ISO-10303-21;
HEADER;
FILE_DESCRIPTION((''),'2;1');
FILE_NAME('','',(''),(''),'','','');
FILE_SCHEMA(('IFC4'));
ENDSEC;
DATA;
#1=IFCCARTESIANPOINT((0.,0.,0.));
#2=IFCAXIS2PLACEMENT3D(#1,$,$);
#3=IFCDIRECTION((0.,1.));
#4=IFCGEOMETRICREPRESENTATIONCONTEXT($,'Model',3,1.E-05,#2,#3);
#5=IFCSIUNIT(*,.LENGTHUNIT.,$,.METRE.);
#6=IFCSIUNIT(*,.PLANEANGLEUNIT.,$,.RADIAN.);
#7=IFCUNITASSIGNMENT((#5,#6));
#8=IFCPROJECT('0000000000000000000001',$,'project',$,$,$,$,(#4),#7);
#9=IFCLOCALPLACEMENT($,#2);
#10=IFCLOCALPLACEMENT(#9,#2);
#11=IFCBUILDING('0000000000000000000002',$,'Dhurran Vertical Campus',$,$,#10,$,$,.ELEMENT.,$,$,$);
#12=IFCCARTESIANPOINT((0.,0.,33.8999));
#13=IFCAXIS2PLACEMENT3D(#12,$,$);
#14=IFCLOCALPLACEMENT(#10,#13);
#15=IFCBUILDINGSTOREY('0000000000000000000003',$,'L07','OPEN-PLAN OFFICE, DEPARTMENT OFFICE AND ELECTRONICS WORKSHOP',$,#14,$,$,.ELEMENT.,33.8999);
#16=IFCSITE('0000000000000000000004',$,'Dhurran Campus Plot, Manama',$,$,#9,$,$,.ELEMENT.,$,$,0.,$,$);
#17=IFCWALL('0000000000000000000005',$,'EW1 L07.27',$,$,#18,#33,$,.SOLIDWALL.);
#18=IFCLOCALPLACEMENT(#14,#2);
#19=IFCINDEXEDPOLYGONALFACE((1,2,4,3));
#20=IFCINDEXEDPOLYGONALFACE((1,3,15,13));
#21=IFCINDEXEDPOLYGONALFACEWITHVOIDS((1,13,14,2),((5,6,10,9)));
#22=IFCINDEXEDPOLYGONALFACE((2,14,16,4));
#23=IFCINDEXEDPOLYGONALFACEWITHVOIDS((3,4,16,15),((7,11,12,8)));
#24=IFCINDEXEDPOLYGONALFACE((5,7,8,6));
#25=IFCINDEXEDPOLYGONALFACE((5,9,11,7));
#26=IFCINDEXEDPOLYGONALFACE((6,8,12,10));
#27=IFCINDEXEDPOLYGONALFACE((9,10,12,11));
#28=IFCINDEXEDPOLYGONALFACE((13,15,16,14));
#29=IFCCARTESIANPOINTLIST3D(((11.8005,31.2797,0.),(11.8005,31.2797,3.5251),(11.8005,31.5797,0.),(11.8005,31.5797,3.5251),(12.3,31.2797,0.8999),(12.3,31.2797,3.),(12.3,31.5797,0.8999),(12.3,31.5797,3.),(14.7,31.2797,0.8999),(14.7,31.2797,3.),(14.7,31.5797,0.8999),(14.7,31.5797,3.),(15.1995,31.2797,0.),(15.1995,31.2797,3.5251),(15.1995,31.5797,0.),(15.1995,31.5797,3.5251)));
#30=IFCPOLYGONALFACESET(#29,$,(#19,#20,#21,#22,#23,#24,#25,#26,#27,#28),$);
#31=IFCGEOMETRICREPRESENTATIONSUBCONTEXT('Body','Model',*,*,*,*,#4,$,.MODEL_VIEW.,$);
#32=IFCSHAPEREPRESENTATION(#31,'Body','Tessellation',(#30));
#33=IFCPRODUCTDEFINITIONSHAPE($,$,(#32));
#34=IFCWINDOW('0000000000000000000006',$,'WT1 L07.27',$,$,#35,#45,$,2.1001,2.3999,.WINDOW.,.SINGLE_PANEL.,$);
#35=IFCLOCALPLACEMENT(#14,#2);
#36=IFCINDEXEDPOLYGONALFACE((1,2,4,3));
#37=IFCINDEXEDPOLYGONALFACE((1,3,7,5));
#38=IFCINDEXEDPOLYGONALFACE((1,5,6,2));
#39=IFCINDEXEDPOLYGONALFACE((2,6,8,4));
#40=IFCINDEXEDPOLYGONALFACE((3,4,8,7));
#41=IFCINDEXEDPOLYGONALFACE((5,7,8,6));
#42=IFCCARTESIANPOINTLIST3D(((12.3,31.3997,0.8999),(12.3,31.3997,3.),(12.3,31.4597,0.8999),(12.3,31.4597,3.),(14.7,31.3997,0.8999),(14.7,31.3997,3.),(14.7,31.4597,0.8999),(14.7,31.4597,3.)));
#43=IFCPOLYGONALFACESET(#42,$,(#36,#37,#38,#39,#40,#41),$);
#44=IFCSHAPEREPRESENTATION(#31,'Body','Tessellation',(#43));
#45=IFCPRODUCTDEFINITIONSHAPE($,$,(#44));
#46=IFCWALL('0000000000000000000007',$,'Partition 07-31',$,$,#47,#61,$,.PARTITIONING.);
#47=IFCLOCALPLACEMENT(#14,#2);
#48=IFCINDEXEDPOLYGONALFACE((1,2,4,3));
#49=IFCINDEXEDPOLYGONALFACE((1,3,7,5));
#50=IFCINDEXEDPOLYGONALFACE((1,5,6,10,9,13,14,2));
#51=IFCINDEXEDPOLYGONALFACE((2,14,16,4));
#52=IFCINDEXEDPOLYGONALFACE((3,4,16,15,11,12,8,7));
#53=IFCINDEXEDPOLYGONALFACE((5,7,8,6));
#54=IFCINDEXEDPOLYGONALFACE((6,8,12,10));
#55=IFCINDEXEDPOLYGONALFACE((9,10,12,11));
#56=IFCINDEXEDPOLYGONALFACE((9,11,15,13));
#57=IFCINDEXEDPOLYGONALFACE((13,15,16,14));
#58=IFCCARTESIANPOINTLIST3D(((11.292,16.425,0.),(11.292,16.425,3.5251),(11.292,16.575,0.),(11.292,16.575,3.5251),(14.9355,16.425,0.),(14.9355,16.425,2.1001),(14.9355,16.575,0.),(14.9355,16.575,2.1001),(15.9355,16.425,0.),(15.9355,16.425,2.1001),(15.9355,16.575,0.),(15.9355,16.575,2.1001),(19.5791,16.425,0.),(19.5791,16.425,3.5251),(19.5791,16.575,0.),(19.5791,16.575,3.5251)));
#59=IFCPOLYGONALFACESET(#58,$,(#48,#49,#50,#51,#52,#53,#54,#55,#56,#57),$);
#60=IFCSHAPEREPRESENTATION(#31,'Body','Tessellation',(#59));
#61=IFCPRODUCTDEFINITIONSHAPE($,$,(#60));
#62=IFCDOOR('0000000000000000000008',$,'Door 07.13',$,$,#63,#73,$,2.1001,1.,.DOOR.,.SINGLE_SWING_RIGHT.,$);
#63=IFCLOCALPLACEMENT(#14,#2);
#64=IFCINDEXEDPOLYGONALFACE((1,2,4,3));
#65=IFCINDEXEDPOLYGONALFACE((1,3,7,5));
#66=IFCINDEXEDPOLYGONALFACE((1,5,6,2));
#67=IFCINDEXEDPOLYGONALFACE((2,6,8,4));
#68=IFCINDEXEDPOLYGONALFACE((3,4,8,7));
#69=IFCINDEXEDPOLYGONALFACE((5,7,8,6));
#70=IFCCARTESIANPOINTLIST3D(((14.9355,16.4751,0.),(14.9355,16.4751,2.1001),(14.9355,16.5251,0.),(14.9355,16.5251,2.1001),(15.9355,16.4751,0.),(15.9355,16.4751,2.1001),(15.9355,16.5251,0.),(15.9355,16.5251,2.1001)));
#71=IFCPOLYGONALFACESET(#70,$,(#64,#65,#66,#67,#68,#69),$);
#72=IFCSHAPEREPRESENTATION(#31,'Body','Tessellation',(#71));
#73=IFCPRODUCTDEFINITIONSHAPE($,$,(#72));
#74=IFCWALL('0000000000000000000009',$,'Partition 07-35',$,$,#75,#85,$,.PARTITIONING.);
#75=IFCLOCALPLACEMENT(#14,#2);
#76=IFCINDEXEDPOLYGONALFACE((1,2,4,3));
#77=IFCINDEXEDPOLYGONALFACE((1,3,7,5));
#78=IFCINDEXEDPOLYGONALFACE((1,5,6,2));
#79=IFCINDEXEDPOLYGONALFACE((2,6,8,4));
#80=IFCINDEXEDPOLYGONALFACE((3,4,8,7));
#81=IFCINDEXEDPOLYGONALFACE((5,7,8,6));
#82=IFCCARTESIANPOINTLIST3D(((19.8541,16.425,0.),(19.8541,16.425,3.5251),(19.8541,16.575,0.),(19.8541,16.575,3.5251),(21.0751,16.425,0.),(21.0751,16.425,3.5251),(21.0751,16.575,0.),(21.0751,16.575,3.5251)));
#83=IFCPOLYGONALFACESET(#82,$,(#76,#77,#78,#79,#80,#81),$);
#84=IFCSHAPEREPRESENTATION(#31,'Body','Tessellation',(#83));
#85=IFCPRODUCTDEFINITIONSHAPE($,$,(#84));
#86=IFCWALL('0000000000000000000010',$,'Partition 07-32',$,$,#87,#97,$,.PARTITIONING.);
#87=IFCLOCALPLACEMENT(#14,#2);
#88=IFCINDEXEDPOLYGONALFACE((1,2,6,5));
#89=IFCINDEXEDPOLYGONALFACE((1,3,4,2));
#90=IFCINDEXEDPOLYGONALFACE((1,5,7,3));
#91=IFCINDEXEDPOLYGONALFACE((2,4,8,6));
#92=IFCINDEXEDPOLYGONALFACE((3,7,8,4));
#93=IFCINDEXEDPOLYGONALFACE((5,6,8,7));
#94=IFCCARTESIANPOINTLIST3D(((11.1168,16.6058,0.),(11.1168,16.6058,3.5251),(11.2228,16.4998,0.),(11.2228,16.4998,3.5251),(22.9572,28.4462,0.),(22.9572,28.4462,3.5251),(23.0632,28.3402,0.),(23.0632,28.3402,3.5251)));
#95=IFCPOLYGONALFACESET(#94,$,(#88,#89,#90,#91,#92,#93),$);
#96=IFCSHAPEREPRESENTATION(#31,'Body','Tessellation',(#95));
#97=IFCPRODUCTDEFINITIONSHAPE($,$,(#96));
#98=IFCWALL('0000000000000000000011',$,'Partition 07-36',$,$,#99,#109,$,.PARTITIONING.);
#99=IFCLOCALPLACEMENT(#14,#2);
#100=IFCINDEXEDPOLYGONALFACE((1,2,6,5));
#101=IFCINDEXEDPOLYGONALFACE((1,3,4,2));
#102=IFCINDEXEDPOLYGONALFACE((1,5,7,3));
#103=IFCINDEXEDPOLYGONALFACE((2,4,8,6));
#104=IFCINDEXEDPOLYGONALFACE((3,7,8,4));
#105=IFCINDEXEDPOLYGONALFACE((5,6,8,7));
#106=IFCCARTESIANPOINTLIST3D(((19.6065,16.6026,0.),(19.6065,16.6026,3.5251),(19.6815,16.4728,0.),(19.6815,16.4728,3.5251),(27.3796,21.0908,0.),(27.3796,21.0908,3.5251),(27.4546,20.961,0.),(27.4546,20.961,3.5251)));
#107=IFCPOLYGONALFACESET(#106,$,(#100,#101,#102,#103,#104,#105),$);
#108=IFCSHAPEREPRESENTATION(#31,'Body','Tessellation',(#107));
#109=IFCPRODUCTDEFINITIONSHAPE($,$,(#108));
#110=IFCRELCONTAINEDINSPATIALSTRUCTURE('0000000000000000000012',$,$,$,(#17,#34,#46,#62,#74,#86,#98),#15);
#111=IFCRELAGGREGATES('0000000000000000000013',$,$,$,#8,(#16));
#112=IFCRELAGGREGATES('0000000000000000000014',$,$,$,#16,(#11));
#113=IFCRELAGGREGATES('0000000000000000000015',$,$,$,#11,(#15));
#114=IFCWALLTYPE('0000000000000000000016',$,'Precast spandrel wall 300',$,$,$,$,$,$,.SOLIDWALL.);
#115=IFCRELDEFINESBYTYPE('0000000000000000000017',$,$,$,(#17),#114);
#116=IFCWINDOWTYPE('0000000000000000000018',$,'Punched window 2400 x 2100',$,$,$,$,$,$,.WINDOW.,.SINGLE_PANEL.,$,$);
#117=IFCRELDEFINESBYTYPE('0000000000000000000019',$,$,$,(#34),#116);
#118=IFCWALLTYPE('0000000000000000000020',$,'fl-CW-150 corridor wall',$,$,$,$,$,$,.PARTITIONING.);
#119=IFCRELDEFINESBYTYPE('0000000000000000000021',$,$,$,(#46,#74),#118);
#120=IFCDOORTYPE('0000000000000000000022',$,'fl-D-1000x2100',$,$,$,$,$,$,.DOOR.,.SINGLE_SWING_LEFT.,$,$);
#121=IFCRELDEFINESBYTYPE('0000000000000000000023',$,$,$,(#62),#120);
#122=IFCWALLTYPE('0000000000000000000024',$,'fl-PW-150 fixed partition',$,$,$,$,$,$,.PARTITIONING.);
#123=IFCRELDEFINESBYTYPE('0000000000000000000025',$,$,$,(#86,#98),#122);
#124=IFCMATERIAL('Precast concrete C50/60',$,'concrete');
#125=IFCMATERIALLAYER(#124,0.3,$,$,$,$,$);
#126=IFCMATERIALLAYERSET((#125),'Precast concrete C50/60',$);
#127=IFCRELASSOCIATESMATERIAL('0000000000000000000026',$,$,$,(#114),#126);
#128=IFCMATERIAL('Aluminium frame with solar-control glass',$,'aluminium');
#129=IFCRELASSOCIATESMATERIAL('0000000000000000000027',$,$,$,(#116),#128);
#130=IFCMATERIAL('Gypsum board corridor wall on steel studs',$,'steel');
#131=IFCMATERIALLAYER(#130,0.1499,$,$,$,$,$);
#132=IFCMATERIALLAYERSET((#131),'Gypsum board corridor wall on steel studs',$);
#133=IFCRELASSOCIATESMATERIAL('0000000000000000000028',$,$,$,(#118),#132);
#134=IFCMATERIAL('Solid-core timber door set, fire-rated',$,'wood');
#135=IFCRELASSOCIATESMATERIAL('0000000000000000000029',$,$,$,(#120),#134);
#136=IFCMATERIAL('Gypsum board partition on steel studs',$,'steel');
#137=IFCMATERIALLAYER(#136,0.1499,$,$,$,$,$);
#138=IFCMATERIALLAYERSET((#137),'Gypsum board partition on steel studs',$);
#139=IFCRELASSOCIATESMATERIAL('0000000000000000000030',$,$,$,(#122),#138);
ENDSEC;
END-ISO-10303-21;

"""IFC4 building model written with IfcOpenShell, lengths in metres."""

from ifc_helpers import new_model, si_unit, direction, frame, frame_2d, origin, place, context, subcontext, project, spatial, rectangle, extrude, material, layer, layer_set, type_object, element, fill, save


model = new_model("IFC4")

# Units and contexts
model_context = context("Model", 3, precision=1e-05, world=origin(), true_north=direction((0.0, 1.0)))
body_context = subcontext(model_context, "Body", "Model", "MODEL_VIEW")
ifc_project = project(units=[si_unit("LENGTHUNIT", "METRE"), si_unit("PLANEANGLEUNIT", "RADIAN")], contexts=[model_context])

# Site, building, storey
site_placement = place(None, origin())
site = spatial("IfcSite", under=ifc_project, at=site_placement, Name="Dhurran Campus Plot, Manama", CompositionType="ELEMENT", RefElevation=0.0)
building_placement = place(site_placement, origin())
building = spatial("IfcBuilding", under=site, at=building_placement, Name="Dhurran Vertical Campus", CompositionType="ELEMENT")
storey_placement = place(building_placement, frame((0.0, 0.0, 33.8999)))
storey = spatial("IfcBuildingStorey", under=building, at=storey_placement, Name="L07", Description="OPEN-PLAN OFFICE, DEPARTMENT OFFICE AND ELECTRONICS WORKSHOP", CompositionType="ELEMENT", Elevation=33.8999)

# Wall, opening, window
ifc_material_1 = material(Name="Precast concrete C50/60", Category="concrete")
ifc_layer_1 = layer(ifc_material_1, 0.3)
ifc_layer_set_1 = layer_set([ifc_layer_1], Name="Precast concrete C50/60")
wall_type_1 = type_object("IfcWallType", Name="Precast spandrel wall 300", PredefinedType="SOLIDWALL", material=ifc_layer_set_1)
ifc_material_2 = material(Name="Aluminium frame with solar-control glass", Category="aluminium")
window_type = type_object("IfcWindowType", Name="Punched window 2400 x 2100", PartitioningType="SINGLE_PANEL", PredefinedType="WINDOW", material=ifc_material_2)
wall_1_placement = place(storey_placement, frame((15.1995, 31.4297, 0.0), z_axis=(0.0, 0.0, 1.0), x_axis=(-1.0, 0.0, 0.0)))
wall_1 = element("IfcWall", 1, at=wall_1_placement, inside=storey, type_object=wall_type_1, Name="EW1 L07.27", PredefinedType="SOLIDWALL", context=body_context, shape_type="SweptSolid", body=[
    extrude(rectangle(XDim=3.3989, YDim=0.3, at=frame_2d((1.6995, 0.0))), origin(), (0.0, 0.0, 1.0), 3.5251),
])
opening_1_placement = place(wall_1_placement, frame((0.4995, 0.0, 0.8999)))
opening_1 = element("IfcOpeningElement", 2, at=opening_1_placement, cuts=wall_1, PredefinedType="OPENING", context=body_context, shape_type="SweptSolid", body=[
    extrude(rectangle(XDim=2.3999, YDim=2.1001, at=frame_2d((1.2, 1.05))), frame((0.0, 0.1599, 0.0), z_axis=(0.0, -1.0, 0.0), x_axis=(1.0, 0.0, 0.0)), (0.0, 0.0, 1.0), 0.3201),
])
window_1_placement = place(opening_1_placement, origin())
window_1 = element("IfcWindow", 3, at=window_1_placement, inside=storey, type_object=window_type, Name="WT1 L07.27", OverallHeight=2.1001, OverallWidth=2.3999, PartitioningType="SINGLE_PANEL", PredefinedType="WINDOW", context=body_context, shape_type="SweptSolid", body=[
    extrude(rectangle(XDim=2.3999, YDim=2.1001, at=frame_2d((1.2, 1.05))), frame((0.0, 0.03, 0.0), z_axis=(0.0, -1.0, 0.0), x_axis=(1.0, 0.0, 0.0)), (0.0, 0.0, 1.0), 0.0601),
])
fill(opening_1, window_1)

# Wall, opening, door
ifc_material_3 = material(Name="Gypsum board corridor wall on steel studs", Category="steel")
ifc_layer_2 = layer(ifc_material_3, 0.1499)
ifc_layer_set_2 = layer_set([ifc_layer_2], Name="Gypsum board corridor wall on steel studs")
wall_type_2 = type_object("IfcWallType", Name="fl-CW-150 corridor wall", PredefinedType="PARTITIONING", material=ifc_layer_set_2)
wall_2_placement = place(storey_placement, frame((19.5791, 16.5, 0.0), z_axis=(0.0, 0.0, 1.0), x_axis=(-1.0, 0.0, 0.0)))
wall_2 = element("IfcWall", 4, at=wall_2_placement, inside=storey, type_object=wall_type_2, Name="Partition 07-31", PredefinedType="PARTITIONING", context=body_context, shape_type="SweptSolid", body=[
    extrude(rectangle(XDim=8.2871, YDim=0.1499, at=frame_2d((4.1436, 0.0))), origin(), (0.0, 0.0, 1.0), 3.5251),
])
opening_2_placement = place(wall_2_placement, frame((3.6436, 0.0, 0.0)))
opening_2 = element("IfcOpeningElement", 5, at=opening_2_placement, cuts=wall_2, PredefinedType="OPENING", context=body_context, shape_type="SweptSolid", body=[
    extrude(rectangle(XDim=1.0, YDim=2.1001, at=frame_2d((0.5, 1.05))), frame((0.0, 0.085, 0.0), z_axis=(0.0, -1.0, 0.0), x_axis=(1.0, 0.0, 0.0)), (0.0, 0.0, 1.0), 0.1699),
])
ifc_material_4 = material(Name="Solid-core timber door set, fire-rated", Category="wood")
door_type = type_object("IfcDoorType", Name="fl-D-1000x2100", OperationType="SINGLE_SWING_LEFT", PredefinedType="DOOR", material=ifc_material_4)
door_placement = place(opening_2_placement, origin())
door = element("IfcDoor", 6, at=door_placement, inside=storey, type_object=door_type, Name="Door 07.13", OperationType="SINGLE_SWING_RIGHT", OverallHeight=2.1001, OverallWidth=1.0, PredefinedType="DOOR", context=body_context, shape_type="SweptSolid", body=[
    extrude(rectangle(XDim=1.0, YDim=2.1001, at=frame_2d((0.5, 1.05))), frame((0.0, 0.0249, 0.0), z_axis=(0.0, -1.0, 0.0), x_axis=(1.0, 0.0, 0.0)), (0.0, 0.0, 1.0), 0.05),
])
fill(opening_2, door)

# Walls
wall_3_placement = place(storey_placement, frame((21.075, 16.5, 0.0), z_axis=(0.0, 0.0, 1.0), x_axis=(-1.0, 0.0, 0.0)))
element("IfcWall", 7, at=wall_3_placement, inside=storey, type_object=wall_type_2, Name="Partition 07-35", PredefinedType="PARTITIONING", context=body_context, shape_type="SweptSolid", body=[
    extrude(rectangle(XDim=1.2209, YDim=0.1499, at=frame_2d((0.6104, 0.0))), origin(), (0.0, 0.0, 1.0), 3.5251),
])
ifc_material_5 = material(Name="Gypsum board partition on steel studs", Category="steel")
ifc_layer_3 = layer(ifc_material_5, 0.1499)
ifc_layer_set_3 = layer_set([ifc_layer_3], Name="Gypsum board partition on steel studs")
wall_type_3 = type_object("IfcWallType", Name="fl-PW-150 fixed partition", PredefinedType="PARTITIONING", material=ifc_layer_set_3)
wall_4_placement = place(storey_placement, frame((23.0103, 28.3933, 0.0), z_axis=(0.0, 0.0, 1.0), x_axis=(-0.707107, -0.707107, 0.0)))
element("IfcWall", 8, at=wall_4_placement, inside=storey, type_object=wall_type_3, Name="Partition 07-32", PredefinedType="PARTITIONING", context=body_context, shape_type="SweptSolid", body=[
    extrude(rectangle(XDim=16.7449, YDim=0.1499, at=frame_2d((8.3726, 0.0))), origin(), (0.0, 0.0, 1.0), 3.5251),
])
wall_5_placement = place(storey_placement, frame((27.417, 21.0259, 0.0), z_axis=(0.0, 0.0, 1.0), x_axis=(-0.866005, -0.500036, 0.0)))
element("IfcWall", 9, at=wall_5_placement, inside=storey, type_object=wall_type_3, Name="Partition 07-36", PredefinedType="PARTITIONING", context=body_context, shape_type="SweptSolid", body=[
    extrude(rectangle(XDim=8.9758, YDim=0.1499, at=frame_2d((4.4878, 0.0))), origin(), (0.0, 0.0, 1.0), 3.5251),
])

save(model, "model.ifc")
